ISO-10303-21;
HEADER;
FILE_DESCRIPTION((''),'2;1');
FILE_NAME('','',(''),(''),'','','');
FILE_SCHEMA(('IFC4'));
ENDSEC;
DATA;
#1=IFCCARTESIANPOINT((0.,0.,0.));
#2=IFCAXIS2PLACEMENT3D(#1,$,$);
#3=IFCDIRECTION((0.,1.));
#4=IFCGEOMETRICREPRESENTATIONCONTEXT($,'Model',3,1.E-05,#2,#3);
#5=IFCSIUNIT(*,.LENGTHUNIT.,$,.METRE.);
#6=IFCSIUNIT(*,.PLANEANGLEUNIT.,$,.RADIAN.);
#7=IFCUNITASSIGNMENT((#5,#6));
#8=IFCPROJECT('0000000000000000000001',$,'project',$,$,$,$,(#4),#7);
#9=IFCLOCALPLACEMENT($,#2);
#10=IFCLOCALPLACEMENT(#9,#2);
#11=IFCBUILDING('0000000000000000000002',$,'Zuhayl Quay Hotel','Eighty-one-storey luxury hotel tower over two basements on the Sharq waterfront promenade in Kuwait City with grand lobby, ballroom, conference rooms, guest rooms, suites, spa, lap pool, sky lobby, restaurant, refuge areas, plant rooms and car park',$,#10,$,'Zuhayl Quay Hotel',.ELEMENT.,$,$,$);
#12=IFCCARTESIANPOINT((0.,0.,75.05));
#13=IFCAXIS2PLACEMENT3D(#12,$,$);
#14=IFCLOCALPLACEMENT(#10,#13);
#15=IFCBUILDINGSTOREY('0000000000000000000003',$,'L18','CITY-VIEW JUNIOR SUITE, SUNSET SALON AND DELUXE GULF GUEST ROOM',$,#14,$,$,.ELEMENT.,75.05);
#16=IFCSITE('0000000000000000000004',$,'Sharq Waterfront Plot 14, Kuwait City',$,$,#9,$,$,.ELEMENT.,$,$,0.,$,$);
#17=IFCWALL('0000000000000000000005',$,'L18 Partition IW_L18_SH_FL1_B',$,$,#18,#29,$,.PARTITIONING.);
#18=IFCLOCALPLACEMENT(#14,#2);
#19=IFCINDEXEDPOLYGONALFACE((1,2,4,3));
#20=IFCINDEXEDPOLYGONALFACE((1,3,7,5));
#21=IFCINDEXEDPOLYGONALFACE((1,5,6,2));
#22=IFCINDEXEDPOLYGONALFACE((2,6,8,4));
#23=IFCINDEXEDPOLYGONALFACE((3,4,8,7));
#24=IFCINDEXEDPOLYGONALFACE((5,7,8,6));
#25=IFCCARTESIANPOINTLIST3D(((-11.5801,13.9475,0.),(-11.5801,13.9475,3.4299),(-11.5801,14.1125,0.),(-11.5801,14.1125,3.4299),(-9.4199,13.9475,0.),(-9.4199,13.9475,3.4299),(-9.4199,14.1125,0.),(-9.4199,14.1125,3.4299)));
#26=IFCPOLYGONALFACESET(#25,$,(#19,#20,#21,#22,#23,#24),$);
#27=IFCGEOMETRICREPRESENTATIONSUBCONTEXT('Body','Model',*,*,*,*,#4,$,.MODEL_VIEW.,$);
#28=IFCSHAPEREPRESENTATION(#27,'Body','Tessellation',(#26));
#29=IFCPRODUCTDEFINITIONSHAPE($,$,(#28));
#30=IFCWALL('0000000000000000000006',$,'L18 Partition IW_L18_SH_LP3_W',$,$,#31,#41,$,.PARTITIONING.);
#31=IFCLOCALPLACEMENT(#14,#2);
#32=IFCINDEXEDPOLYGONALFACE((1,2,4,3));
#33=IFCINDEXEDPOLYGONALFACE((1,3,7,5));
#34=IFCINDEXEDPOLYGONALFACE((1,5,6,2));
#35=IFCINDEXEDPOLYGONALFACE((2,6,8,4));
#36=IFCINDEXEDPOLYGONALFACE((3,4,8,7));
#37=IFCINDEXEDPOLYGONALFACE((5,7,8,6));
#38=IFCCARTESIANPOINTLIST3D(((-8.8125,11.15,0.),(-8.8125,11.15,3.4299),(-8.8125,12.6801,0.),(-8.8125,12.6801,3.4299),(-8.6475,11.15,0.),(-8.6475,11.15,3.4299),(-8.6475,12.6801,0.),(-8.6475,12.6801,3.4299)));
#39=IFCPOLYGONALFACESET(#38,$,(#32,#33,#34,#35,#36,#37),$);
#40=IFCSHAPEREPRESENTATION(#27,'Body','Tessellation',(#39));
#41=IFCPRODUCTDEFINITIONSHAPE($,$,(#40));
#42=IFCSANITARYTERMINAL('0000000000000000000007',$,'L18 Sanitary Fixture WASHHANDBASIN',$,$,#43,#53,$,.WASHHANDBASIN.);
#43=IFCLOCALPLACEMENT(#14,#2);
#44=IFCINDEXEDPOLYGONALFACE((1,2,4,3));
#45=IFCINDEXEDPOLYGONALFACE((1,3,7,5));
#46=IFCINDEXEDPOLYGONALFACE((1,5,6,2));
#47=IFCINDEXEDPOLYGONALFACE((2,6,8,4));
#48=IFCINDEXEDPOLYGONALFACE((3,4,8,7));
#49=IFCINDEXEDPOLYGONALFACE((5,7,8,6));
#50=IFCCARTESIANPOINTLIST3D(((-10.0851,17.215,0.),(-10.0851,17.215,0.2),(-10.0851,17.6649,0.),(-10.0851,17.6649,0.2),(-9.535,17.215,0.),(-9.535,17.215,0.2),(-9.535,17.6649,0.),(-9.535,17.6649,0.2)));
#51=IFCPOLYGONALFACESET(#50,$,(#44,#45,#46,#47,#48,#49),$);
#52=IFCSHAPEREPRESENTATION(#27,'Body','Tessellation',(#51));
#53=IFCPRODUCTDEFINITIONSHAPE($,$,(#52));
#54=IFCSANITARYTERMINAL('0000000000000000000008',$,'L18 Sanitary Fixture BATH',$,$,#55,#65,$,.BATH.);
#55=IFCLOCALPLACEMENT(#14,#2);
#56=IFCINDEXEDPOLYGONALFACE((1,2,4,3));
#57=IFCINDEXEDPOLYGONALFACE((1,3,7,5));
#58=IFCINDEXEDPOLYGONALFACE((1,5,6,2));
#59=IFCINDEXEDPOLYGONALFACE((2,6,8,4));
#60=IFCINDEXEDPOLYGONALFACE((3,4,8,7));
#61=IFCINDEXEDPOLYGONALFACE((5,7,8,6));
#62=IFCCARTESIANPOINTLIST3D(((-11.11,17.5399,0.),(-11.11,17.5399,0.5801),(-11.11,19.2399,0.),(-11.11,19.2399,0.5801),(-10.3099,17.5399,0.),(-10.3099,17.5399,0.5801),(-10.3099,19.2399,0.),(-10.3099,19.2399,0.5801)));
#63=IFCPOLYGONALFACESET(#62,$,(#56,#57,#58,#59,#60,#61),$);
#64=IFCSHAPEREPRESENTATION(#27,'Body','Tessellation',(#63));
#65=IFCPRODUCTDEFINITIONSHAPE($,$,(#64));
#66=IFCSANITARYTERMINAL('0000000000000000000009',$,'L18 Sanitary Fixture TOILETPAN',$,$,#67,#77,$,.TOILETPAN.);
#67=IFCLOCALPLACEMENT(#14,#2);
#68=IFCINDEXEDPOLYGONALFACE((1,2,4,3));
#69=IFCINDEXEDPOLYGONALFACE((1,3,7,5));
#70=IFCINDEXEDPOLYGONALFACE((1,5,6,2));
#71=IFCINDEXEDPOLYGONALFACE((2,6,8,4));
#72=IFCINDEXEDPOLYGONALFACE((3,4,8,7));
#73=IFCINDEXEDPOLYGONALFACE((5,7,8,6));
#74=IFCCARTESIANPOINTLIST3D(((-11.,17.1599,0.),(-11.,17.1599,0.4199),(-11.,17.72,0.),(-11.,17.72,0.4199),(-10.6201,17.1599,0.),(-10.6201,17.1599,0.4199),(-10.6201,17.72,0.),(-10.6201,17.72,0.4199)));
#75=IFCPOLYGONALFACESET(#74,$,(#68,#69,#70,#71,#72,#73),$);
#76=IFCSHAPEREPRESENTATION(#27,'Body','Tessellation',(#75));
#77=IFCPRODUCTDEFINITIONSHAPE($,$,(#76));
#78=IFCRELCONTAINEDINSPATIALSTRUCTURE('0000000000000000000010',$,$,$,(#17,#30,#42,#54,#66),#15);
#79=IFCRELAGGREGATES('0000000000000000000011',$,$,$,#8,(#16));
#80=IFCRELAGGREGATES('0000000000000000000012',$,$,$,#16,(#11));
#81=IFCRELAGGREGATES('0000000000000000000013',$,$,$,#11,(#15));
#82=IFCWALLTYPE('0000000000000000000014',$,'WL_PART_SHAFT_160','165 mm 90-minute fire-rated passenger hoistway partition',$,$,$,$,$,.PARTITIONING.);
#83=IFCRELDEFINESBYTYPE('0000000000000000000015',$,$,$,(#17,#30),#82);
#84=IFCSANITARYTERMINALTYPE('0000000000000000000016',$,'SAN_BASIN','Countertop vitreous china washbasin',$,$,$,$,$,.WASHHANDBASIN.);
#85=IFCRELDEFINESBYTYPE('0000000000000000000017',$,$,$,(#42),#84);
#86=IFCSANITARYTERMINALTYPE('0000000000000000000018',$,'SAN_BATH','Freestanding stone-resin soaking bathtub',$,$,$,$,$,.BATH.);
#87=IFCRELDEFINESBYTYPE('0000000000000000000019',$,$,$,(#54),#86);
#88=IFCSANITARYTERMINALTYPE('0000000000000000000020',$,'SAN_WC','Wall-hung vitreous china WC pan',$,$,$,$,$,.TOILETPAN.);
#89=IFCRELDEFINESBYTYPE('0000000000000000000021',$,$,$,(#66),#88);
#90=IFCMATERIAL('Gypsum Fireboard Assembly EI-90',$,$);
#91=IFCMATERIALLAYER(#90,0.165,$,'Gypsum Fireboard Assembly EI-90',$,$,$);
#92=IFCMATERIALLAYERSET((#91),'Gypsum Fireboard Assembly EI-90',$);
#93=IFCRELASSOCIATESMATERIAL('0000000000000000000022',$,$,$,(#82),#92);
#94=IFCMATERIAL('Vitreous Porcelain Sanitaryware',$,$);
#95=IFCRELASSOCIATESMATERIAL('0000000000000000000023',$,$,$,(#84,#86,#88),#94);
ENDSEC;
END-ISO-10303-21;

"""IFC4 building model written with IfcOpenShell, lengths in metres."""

from ifc_helpers import new_model, si_unit, direction, frame, frame_2d, origin, origin_2d, place, context, subcontext, project, spatial, rectangle, extrude, material, layer, layer_set, type_object, element, save


model = new_model("IFC4")

# Units and contexts
model_context = context("Model", 3, precision=1e-05, world=origin(), true_north=direction((0.0, 1.0)))
body_context = subcontext(model_context, "Body", "Model", "MODEL_VIEW")
ifc_project = project(units=[si_unit("LENGTHUNIT", "METRE"), si_unit("PLANEANGLEUNIT", "RADIAN")], contexts=[model_context])

# Site, building, storey
site_placement = place(None, origin())
site = spatial("IfcSite", under=ifc_project, at=site_placement, Name="Sharq Waterfront Plot 14, Kuwait City", CompositionType="ELEMENT", RefElevation=0.0)
building_placement = place(site_placement, origin())
building = spatial("IfcBuilding", under=site, at=building_placement, Name="Zuhayl Quay Hotel", Description="Eighty-one-storey luxury hotel tower over two basements on the Sharq waterfront promenade in Kuwait City with grand lobby, ballroom, conference rooms, guest rooms, suites, spa, lap pool, sky lobby, restaurant, refuge areas, plant rooms and car park", LongName="Zuhayl Quay Hotel", CompositionType="ELEMENT")
storey_placement = place(building_placement, frame((0.0, 0.0, 75.05)))
storey = spatial("IfcBuildingStorey", under=building, at=storey_placement, Name="L18", Description="CITY-VIEW JUNIOR SUITE, SUNSET SALON AND DELUXE GULF GUEST ROOM", CompositionType="ELEMENT", Elevation=75.05)

# Shared definitions
ifc_material_1 = material(Name="Gypsum Fireboard Assembly EI-90")
ifc_layer_1 = layer(ifc_material_1, 0.165, Name="Gypsum Fireboard Assembly EI-90")
ifc_layer_set_1 = layer_set([ifc_layer_1], Name="Gypsum Fireboard Assembly EI-90")
wall_type_1 = type_object("IfcWallType", Name="WL_PART_SHAFT_160", Description="165 mm 90-minute fire-rated passenger hoistway partition", PredefinedType="PARTITIONING", material=ifc_layer_set_1)

# Walls
wall_1_placement = place(storey_placement, frame((-11.5801, 14.03, 0.0), z_axis=(0.0, 0.0, 1.0), x_axis=(1.0, 0.0, 0.0)))
element("IfcWall", 1, at=wall_1_placement, inside=storey, type_object=wall_type_1, Name="L18 Partition IW_L18_SH_FL1_B", PredefinedType="PARTITIONING", context=body_context, shape_type="SweptSolid", body=[
    extrude(rectangle(XDim=2.1602, YDim=0.165, at=frame_2d((1.0801, 0.0))), origin(), (0.0, 0.0, 1.0), 3.4299),
])
wall_2_placement = place(storey_placement, frame((-8.73, 11.1499, 0.0), z_axis=(0.0, 0.0, 1.0), x_axis=(0.0, 1.0, 0.0)))
element("IfcWall", 2, at=wall_2_placement, inside=storey, type_object=wall_type_1, Name="L18 Partition IW_L18_SH_LP3_W", PredefinedType="PARTITIONING", context=body_context, shape_type="SweptSolid", body=[
    extrude(rectangle(XDim=1.53, YDim=0.165, at=frame_2d((0.7651, 0.0))), origin(), (0.0, 0.0, 1.0), 3.4299),
])

# Sanitary terminals
ifc_material_2 = material(Name="Vitreous Porcelain Sanitaryware")
sanitary_terminal_type_1 = type_object("IfcSanitaryTerminalType", Name="SAN_BASIN", Description="Countertop vitreous china washbasin", PredefinedType="WASHHANDBASIN", material=ifc_material_2)
sanitary_terminal_1_placement = place(storey_placement, frame((-9.8101, 17.4399, 0.0), z_axis=(0.0, 0.0, 1.0), x_axis=(1.0, 0.0, 0.0)))
element("IfcSanitaryTerminal", 3, at=sanitary_terminal_1_placement, inside=storey, type_object=sanitary_terminal_type_1, Name="L18 Sanitary Fixture WASHHANDBASIN", PredefinedType="WASHHANDBASIN", context=body_context, shape_type="SweptSolid", body=[
    extrude(rectangle(XDim=0.55, YDim=0.45, at=origin_2d()), origin(), (0.0, 0.0, 1.0), 0.2),
])
sanitary_terminal_type_2 = type_object("IfcSanitaryTerminalType", Name="SAN_BATH", Description="Freestanding stone-resin soaking bathtub", PredefinedType="BATH", material=ifc_material_2)
sanitary_terminal_2_placement = place(storey_placement, frame((-10.71, 18.3899, 0.0), z_axis=(0.0, 0.0, 1.0), x_axis=(1.0, 0.0, 0.0)))
element("IfcSanitaryTerminal", 4, at=sanitary_terminal_2_placement, inside=storey, type_object=sanitary_terminal_type_2, Name="L18 Sanitary Fixture BATH", PredefinedType="BATH", context=body_context, shape_type="SweptSolid", body=[
    extrude(rectangle(XDim=0.8, YDim=1.7, at=origin_2d()), origin(), (0.0, 0.0, 1.0), 0.5801),
])
sanitary_terminal_type_3 = type_object("IfcSanitaryTerminalType", Name="SAN_WC", Description="Wall-hung vitreous china WC pan", PredefinedType="TOILETPAN", material=ifc_material_2)
sanitary_terminal_3_placement = place(storey_placement, frame((-10.8101, 17.4399, 0.0), z_axis=(0.0, 0.0, 1.0), x_axis=(1.0, 0.0, 0.0)))
element("IfcSanitaryTerminal", 5, at=sanitary_terminal_3_placement, inside=storey, type_object=sanitary_terminal_type_3, Name="L18 Sanitary Fixture TOILETPAN", PredefinedType="TOILETPAN", context=body_context, shape_type="SweptSolid", body=[
    extrude(rectangle(XDim=0.3799, YDim=0.5601, at=origin_2d()), origin(), (0.0, 0.0, 1.0), 0.4199),
])

save(model, "model.ifc")
